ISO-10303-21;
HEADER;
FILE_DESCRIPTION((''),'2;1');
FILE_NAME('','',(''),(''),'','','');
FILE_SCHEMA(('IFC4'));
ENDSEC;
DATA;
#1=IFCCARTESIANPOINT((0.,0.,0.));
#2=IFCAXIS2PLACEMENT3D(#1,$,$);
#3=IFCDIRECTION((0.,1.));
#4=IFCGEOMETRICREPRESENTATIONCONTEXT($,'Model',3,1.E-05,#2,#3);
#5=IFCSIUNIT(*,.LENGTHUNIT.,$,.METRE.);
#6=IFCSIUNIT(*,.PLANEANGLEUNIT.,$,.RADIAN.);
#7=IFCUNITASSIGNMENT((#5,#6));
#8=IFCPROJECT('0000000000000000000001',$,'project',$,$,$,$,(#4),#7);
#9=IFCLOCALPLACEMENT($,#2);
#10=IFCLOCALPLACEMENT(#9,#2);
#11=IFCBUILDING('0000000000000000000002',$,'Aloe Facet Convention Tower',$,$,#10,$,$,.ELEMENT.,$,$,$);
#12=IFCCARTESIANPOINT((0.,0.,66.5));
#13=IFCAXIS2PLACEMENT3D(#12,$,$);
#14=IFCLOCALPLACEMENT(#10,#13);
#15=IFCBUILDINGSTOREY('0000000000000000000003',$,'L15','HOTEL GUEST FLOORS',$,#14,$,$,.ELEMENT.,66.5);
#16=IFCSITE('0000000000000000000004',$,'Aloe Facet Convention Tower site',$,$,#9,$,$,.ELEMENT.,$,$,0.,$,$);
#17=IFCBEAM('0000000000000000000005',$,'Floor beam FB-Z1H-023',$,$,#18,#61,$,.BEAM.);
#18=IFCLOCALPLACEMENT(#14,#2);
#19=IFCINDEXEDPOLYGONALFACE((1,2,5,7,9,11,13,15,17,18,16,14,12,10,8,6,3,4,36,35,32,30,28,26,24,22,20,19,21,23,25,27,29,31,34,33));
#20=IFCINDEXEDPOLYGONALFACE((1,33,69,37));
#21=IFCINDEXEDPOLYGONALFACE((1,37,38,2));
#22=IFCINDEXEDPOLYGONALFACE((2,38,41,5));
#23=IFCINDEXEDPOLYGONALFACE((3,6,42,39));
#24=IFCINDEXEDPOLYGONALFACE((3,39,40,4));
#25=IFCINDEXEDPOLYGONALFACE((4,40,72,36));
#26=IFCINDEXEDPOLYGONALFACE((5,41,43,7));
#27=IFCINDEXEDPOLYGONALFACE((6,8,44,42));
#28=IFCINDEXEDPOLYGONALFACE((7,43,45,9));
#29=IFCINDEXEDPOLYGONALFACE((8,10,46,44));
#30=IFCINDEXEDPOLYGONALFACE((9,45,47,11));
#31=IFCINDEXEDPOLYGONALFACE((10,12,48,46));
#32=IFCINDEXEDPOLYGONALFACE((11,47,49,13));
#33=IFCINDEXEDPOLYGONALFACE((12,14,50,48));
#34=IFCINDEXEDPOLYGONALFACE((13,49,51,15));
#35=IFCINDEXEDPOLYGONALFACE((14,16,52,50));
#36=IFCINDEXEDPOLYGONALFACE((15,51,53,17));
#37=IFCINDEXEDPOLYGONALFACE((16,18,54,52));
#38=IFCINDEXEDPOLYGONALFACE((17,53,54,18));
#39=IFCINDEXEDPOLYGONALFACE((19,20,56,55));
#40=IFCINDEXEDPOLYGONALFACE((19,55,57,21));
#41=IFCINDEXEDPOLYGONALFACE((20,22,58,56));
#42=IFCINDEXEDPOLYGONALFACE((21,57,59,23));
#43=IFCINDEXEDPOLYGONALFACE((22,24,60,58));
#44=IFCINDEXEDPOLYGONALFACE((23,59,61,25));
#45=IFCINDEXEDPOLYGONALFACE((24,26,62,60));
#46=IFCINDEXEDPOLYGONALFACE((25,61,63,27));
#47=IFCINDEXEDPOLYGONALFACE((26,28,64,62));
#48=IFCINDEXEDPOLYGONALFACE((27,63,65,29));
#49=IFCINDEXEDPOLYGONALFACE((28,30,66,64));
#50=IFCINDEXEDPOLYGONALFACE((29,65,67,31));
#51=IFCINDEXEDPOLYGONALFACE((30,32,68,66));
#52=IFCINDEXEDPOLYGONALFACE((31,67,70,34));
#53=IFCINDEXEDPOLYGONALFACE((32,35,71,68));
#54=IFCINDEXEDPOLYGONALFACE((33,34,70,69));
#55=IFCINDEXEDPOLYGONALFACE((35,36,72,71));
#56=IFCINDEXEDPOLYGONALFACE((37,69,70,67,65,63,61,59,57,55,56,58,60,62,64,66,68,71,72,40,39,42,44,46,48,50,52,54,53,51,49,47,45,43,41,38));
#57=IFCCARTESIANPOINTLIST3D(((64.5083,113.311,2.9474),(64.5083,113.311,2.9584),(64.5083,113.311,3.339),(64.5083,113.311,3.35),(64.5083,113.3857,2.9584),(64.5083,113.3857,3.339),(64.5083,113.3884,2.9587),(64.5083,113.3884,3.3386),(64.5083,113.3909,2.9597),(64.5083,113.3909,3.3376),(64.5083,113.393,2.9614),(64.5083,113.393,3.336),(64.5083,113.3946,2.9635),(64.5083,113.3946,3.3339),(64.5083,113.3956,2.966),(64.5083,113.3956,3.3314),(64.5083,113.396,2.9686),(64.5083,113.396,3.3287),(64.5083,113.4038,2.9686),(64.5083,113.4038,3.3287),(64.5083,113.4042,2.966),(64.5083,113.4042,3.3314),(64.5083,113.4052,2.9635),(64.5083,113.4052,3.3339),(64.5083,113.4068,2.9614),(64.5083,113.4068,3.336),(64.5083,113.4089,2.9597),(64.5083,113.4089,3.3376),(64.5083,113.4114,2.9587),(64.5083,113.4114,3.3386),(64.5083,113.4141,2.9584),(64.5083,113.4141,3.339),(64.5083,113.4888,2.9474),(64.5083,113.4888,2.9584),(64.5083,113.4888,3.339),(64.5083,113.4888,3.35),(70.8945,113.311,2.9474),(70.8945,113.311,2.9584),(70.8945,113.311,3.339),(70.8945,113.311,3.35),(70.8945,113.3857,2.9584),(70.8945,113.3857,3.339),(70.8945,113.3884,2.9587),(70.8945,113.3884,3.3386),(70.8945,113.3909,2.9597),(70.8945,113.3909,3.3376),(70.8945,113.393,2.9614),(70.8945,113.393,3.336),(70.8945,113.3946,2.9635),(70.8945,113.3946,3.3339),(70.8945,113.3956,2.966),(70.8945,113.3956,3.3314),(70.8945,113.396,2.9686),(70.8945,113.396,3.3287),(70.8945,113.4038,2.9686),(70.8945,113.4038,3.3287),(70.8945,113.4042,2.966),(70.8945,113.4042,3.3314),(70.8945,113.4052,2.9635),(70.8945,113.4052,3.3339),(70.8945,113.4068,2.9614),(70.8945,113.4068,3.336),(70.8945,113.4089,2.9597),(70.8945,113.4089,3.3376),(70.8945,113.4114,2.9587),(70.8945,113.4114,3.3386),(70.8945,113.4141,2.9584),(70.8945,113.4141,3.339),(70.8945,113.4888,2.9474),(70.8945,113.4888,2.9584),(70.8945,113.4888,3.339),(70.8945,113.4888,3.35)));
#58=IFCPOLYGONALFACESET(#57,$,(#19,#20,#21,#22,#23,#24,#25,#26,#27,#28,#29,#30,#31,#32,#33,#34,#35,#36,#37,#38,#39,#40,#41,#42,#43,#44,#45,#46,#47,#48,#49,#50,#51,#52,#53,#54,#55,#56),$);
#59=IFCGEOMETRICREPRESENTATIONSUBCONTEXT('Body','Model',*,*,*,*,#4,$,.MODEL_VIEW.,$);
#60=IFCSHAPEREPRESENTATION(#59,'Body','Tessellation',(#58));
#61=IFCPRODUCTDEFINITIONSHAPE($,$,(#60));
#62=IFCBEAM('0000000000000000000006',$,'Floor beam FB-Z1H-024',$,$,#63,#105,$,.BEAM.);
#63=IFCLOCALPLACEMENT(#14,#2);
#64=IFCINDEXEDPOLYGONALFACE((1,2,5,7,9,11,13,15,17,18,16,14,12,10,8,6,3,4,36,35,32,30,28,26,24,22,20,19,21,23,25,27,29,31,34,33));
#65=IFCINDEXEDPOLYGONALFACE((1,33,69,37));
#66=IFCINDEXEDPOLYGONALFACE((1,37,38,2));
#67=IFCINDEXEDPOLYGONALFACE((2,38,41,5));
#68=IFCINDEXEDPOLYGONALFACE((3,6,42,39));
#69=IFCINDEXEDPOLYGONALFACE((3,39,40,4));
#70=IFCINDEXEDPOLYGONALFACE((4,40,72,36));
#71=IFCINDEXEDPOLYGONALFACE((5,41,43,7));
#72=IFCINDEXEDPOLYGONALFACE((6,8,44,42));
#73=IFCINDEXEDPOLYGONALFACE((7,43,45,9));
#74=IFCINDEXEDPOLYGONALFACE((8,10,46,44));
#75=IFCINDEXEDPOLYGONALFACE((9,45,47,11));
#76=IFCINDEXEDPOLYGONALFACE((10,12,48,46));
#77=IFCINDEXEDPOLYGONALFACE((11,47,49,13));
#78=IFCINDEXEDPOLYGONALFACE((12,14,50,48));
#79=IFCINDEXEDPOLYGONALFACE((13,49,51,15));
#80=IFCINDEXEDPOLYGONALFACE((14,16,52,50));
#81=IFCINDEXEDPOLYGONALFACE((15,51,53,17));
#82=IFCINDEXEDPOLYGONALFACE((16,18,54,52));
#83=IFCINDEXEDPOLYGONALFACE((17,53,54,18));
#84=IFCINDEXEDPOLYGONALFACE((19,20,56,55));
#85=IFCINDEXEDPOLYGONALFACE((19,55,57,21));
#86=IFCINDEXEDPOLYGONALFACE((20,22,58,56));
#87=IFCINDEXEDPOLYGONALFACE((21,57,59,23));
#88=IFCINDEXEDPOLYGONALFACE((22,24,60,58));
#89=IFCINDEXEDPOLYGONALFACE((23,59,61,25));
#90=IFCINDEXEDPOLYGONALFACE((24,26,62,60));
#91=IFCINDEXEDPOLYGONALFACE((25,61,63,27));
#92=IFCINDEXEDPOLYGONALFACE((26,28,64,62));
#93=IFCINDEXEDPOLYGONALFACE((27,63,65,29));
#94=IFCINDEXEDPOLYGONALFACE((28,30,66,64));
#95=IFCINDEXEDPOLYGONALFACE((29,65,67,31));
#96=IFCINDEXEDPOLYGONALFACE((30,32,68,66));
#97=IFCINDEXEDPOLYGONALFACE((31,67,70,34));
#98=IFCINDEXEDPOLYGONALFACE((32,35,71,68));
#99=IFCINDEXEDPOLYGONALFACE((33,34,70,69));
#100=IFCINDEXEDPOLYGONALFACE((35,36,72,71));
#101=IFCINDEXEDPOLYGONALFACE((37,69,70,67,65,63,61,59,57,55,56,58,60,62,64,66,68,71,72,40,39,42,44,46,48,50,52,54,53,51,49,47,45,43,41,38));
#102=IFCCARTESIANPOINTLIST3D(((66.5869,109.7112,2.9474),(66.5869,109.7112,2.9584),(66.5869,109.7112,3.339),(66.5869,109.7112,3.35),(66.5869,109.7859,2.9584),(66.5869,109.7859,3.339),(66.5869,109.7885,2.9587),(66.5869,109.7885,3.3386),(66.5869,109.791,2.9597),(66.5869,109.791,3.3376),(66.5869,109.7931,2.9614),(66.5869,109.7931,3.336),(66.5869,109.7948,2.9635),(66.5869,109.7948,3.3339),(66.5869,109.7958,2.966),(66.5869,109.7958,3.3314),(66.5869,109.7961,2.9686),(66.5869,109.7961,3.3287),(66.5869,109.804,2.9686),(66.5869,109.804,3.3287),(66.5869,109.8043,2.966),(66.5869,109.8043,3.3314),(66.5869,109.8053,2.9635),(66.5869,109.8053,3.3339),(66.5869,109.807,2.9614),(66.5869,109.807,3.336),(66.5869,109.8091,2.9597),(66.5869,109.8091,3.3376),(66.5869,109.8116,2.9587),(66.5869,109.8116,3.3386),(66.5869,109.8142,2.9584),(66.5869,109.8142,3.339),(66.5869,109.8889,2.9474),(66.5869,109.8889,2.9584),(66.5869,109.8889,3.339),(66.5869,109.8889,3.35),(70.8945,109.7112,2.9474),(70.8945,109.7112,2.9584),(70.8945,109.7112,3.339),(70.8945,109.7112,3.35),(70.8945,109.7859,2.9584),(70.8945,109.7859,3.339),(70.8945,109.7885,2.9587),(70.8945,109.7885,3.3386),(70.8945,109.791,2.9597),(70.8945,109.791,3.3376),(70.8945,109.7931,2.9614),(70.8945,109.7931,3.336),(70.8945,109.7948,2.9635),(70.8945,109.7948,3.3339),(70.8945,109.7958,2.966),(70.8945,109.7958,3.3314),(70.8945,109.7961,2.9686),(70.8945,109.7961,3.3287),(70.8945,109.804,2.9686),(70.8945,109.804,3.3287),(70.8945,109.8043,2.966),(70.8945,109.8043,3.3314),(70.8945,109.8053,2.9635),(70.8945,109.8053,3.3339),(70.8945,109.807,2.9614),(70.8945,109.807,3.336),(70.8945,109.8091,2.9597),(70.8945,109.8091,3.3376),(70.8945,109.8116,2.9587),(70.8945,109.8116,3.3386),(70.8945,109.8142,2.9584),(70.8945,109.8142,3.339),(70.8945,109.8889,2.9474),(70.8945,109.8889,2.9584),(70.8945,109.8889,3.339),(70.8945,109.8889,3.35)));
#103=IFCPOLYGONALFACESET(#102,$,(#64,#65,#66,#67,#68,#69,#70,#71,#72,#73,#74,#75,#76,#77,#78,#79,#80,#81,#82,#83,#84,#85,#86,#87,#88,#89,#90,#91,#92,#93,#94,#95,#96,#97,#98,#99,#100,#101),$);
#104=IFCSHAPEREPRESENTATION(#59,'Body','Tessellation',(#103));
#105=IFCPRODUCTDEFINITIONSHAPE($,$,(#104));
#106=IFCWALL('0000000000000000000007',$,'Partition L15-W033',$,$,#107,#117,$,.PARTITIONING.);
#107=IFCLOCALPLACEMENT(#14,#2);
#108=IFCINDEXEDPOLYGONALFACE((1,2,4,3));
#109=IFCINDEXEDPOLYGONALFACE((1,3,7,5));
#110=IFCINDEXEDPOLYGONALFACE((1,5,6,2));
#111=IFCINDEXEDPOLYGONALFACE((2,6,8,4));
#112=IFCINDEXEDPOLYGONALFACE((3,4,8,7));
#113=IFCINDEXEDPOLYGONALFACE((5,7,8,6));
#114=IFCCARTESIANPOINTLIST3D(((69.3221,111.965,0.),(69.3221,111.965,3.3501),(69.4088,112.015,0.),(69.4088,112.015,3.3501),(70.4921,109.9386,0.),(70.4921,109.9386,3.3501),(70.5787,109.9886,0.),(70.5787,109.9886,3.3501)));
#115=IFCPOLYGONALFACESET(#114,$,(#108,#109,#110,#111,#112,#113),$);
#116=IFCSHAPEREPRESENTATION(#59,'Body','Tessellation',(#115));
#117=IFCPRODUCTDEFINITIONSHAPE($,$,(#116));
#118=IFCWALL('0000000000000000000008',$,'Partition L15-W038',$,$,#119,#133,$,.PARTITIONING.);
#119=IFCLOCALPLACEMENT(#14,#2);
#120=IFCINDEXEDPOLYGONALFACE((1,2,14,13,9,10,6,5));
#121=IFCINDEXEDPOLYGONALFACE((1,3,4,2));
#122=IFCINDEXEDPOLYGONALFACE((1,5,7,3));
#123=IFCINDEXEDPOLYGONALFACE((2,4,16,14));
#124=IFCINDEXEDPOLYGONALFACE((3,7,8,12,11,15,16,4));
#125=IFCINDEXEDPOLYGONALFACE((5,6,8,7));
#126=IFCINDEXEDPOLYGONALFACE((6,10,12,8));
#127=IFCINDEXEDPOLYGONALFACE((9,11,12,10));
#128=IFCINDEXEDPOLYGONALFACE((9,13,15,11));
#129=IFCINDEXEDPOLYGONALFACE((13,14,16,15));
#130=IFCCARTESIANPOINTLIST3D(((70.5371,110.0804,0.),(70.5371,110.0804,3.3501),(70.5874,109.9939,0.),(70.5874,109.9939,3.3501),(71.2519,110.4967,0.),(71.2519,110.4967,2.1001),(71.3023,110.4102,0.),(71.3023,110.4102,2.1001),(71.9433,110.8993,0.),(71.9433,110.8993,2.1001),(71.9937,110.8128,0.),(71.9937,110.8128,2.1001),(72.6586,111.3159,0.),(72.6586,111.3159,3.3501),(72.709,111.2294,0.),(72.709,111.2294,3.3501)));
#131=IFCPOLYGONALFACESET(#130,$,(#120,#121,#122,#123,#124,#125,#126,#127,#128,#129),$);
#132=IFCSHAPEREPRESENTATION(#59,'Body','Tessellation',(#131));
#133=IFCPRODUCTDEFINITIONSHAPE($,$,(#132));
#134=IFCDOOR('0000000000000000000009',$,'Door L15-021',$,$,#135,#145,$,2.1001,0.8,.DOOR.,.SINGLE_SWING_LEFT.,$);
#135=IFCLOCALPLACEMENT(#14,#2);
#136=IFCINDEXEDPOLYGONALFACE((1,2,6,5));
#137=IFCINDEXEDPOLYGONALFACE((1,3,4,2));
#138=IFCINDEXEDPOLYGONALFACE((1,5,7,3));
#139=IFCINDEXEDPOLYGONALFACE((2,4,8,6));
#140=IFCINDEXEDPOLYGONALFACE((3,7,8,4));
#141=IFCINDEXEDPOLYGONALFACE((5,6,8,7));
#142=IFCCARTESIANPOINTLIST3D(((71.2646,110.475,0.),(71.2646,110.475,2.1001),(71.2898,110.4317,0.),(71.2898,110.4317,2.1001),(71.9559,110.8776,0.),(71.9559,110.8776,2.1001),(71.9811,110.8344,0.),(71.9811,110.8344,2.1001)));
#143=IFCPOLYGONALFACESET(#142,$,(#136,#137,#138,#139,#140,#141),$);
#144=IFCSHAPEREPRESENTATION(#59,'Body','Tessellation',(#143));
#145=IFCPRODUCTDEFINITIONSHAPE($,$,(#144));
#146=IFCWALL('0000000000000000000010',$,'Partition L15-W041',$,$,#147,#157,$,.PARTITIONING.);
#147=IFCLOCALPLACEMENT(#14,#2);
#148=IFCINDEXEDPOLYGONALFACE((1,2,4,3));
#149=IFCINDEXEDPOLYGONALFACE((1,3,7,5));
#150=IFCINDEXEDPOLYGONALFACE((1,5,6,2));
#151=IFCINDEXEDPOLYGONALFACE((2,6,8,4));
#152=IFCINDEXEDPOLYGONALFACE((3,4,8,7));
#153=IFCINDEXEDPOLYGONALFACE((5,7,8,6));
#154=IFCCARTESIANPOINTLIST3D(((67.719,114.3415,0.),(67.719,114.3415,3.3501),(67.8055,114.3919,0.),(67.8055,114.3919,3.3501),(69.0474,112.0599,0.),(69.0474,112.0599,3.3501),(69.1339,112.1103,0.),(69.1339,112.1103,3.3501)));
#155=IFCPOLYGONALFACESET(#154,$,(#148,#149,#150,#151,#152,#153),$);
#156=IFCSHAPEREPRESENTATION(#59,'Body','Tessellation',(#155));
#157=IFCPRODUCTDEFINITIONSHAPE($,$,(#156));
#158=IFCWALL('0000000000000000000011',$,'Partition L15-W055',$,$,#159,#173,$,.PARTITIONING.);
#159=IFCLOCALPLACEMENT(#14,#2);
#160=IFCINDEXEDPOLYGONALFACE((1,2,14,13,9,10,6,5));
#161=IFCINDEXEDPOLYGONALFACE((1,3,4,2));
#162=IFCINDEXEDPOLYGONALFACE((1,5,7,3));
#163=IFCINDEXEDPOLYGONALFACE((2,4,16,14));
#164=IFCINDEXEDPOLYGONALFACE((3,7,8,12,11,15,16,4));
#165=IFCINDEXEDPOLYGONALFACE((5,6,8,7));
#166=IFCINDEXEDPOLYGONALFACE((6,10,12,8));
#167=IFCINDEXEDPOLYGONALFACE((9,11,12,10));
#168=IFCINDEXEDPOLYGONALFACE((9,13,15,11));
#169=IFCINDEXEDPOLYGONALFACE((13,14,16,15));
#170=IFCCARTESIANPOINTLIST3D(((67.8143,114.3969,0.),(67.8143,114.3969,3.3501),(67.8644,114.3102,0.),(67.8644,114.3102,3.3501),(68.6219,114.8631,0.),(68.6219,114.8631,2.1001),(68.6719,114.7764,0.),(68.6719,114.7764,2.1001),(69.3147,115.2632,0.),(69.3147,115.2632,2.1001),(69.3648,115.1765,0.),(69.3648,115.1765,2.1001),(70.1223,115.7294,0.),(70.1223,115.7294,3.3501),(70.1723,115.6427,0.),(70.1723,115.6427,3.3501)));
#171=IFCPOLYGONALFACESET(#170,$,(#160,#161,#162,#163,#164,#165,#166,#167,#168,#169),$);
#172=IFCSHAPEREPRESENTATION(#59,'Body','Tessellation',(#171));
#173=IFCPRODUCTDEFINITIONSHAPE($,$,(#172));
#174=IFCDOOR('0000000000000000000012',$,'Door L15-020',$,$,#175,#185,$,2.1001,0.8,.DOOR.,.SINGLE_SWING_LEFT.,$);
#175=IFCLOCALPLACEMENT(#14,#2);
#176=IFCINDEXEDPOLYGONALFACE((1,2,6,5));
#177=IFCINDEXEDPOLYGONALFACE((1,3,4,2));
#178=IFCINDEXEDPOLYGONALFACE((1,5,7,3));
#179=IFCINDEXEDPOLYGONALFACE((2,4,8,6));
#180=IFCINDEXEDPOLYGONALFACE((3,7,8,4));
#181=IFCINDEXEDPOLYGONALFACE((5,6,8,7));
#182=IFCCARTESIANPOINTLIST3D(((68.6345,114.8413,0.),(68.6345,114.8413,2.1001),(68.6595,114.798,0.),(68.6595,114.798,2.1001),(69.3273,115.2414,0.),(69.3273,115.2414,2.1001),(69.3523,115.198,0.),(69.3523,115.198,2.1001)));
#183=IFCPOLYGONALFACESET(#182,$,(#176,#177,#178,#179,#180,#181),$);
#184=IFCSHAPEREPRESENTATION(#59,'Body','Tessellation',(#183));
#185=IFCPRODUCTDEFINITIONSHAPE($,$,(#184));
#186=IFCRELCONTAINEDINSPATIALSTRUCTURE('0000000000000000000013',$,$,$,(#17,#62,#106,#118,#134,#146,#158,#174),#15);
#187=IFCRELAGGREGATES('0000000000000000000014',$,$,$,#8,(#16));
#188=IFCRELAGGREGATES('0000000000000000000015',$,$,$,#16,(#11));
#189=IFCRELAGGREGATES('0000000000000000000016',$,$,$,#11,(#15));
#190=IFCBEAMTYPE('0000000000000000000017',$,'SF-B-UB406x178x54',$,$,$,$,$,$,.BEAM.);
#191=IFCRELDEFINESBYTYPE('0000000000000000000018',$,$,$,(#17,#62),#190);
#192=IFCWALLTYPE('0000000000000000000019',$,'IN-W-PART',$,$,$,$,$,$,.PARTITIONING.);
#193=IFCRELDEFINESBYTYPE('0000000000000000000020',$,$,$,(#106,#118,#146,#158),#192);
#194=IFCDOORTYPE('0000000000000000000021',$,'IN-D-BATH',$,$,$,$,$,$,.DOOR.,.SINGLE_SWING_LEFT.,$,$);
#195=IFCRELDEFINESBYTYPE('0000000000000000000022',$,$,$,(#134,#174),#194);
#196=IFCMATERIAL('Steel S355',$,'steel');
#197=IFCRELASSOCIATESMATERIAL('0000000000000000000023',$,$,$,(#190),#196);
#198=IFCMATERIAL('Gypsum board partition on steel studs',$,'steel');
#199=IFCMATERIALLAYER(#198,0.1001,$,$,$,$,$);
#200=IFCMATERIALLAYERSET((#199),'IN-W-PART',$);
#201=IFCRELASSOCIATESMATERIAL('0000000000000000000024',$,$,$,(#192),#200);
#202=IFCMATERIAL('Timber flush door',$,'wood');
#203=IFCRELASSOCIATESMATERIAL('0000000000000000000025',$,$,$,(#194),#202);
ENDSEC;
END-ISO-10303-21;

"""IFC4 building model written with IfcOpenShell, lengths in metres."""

from ifc_helpers import new_model, si_unit, direction, frame, frame_2d, origin, origin_2d, place, context, subcontext, project, spatial, rectangle, i_section, extrude, material, layer, layer_set, material_profile, profile_set, type_object, element, fill, save


model = new_model("IFC4")

# Units and contexts
model_context = context("Model", 3, precision=1e-05, world=origin(), true_north=direction((0.0, 1.0)))
body_context = subcontext(model_context, "Body", "Model", "MODEL_VIEW")
ifc_project = project(units=[si_unit("LENGTHUNIT", "METRE"), si_unit("PLANEANGLEUNIT", "RADIAN")], contexts=[model_context])

# Site, building, storey
site_placement = place(None, origin())
site = spatial("IfcSite", under=ifc_project, at=site_placement, Name="Aloe Facet Convention Tower site", CompositionType="ELEMENT", RefElevation=0.0)
building_placement = place(site_placement, origin())
building = spatial("IfcBuilding", under=site, at=building_placement, Name="Aloe Facet Convention Tower", CompositionType="ELEMENT")
storey_placement = place(building_placement, frame((0.0, 0.0, 66.5)))
storey = spatial("IfcBuildingStorey", under=building, at=storey_placement, Name="L15", Description="HOTEL GUEST FLOORS", CompositionType="ELEMENT", Elevation=66.5)

# Beams
ifc_material_1 = material(Name="Steel S355", Category="steel")
ifc_material_profile = material_profile(ifc_material_1, i_section(OverallWidth=0.1777, OverallDepth=0.4026, WebThickness=0.0078, FlangeThickness=0.011, FilletRadius=0.0103, at=origin_2d()), Name="UB 406x178x54")
ifc_profile_set = profile_set([ifc_material_profile], Name="Steel S355")
beam_type = type_object("IfcBeamType", Name="SF-B-UB406x178x54", PredefinedType="BEAM", material=ifc_profile_set)
beam_1_placement = place(storey_placement, frame((64.5083, 113.3999, 3.1487), z_axis=(1.0, 0.0, 0.0), x_axis=(0.0, 1.0, 0.0)))
element("IfcBeam", 1, at=beam_1_placement, inside=storey, type_object=beam_type, Name="Floor beam FB-Z1H-023", PredefinedType="BEAM", context=body_context, shape_type="SweptSolid", body=[
    extrude(i_section(OverallWidth=0.1777, OverallDepth=0.4026, WebThickness=0.0078, FlangeThickness=0.011, FilletRadius=0.0103, at=origin_2d()), origin(), (0.0, 0.0, 1.0), 6.3862),
])
beam_2_placement = place(storey_placement, frame((66.5869, 109.8, 3.1487), z_axis=(1.0, 0.0, 0.0), x_axis=(0.0, 1.0, 0.0)))
element("IfcBeam", 2, at=beam_2_placement, inside=storey, type_object=beam_type, Name="Floor beam FB-Z1H-024", PredefinedType="BEAM", context=body_context, shape_type="SweptSolid", body=[
    extrude(i_section(OverallWidth=0.1777, OverallDepth=0.4026, WebThickness=0.0078, FlangeThickness=0.011, FilletRadius=0.0103, at=origin_2d()), origin(), (0.0, 0.0, 1.0), 4.3076),
])

# Wall
ifc_material_2 = material(Name="Gypsum board partition on steel studs", Category="steel")
ifc_layer_1 = layer(ifc_material_2, 0.1001)
ifc_layer_set_1 = layer_set([ifc_layer_1], Name="IN-W-PART")
wall_type_1 = type_object("IfcWallType", Name="IN-W-PART", PredefinedType="PARTITIONING", material=ifc_layer_set_1)
wall_1_placement = place(storey_placement, frame((69.3655, 111.99, 0.0), z_axis=(0.0, 0.0, 1.0), x_axis=(0.499999, -0.866026, 0.0)))
element("IfcWall", 3, at=wall_1_placement, inside=storey, type_object=wall_type_1, Name="Partition L15-W033", PredefinedType="PARTITIONING", context=body_context, shape_type="SweptSolid", body=[
    extrude(rectangle(XDim=2.3398, YDim=0.1001, at=frame_2d((1.1699, 0.0))), origin(), (0.0, 0.0, 1.0), 3.3501),
])

# Wall, opening, door
wall_2_placement = place(storey_placement, frame((70.5623, 110.0371, 0.0), z_axis=(0.0, 0.0, 1.0), x_axis=(0.864132, 0.503265, 0.0)))
wall_2 = element("IfcWall", 4, at=wall_2_placement, inside=storey, type_object=wall_type_1, Name="Partition L15-W038", PredefinedType="PARTITIONING", context=body_context, shape_type="SweptSolid", body=[
    extrude(rectangle(XDim=2.4551, YDim=0.1001, at=frame_2d((1.2275, 0.0))), origin(), (0.0, 0.0, 1.0), 3.3501),
])
opening_1_placement = place(wall_2_placement, frame((0.8274, 0.0, 0.0)))
opening_1 = element("IfcOpeningElement", 5, at=opening_1_placement, cuts=wall_2, PredefinedType="OPENING", context=body_context, shape_type="SweptSolid", body=[
    extrude(rectangle(XDim=0.8, YDim=2.1001, at=frame_2d((0.3999, 1.05))), frame((0.0, 0.0601, 0.0), z_axis=(0.0, -1.0, 0.0), x_axis=(1.0, 0.0, 0.0)), (0.0, 0.0, 1.0), 0.1201),
])
ifc_material_3 = material(Name="Timber flush door", Category="wood")
door_type = type_object("IfcDoorType", Name="IN-D-BATH", OperationType="SINGLE_SWING_LEFT", PredefinedType="DOOR", material=ifc_material_3)
door_1_placement = place(opening_1_placement, origin())
door_1 = element("IfcDoor", 6, at=door_1_placement, inside=storey, type_object=door_type, Name="Door L15-021", OperationType="SINGLE_SWING_LEFT", OverallHeight=2.1001, OverallWidth=0.8, PredefinedType="DOOR", context=body_context, shape_type="SweptSolid", body=[
    extrude(rectangle(XDim=0.8, YDim=2.1001, at=frame_2d((0.3999, 1.05))), frame((0.0, 0.0249, 0.0), z_axis=(0.0, -1.0, 0.0), x_axis=(1.0, 0.0, 0.0)), (0.0, 0.0, 1.0), 0.05),
])
fill(opening_1, door_1)

# Wall
wall_3_placement = place(storey_placement, frame((67.7622, 114.3667, 0.0), z_axis=(0.0, 0.0, 1.0), x_axis=(0.503164, -0.864191, 0.0)))
element("IfcWall", 7, at=wall_3_placement, inside=storey, type_object=wall_type_1, Name="Partition L15-W041", PredefinedType="PARTITIONING", context=body_context, shape_type="SweptSolid", body=[
    extrude(rectangle(XDim=2.6401, YDim=0.1001, at=frame_2d((1.3201, 0.0))), origin(), (0.0, 0.0, 1.0), 3.3501),
])

# Wall, opening, door
wall_4_placement = place(storey_placement, frame((67.8394, 114.3535, 0.0), z_axis=(0.0, 0.0, 1.0), x_axis=(0.866013, 0.500021, 0.0)))
wall_4 = element("IfcWall", 8, at=wall_4_placement, inside=storey, type_object=wall_type_1, Name="Partition L15-W055", PredefinedType="PARTITIONING", context=body_context, shape_type="SweptSolid", body=[
    extrude(rectangle(XDim=2.665, YDim=0.1001, at=frame_2d((1.3325, 0.0))), origin(), (0.0, 0.0, 1.0), 3.3501),
])
opening_2_placement = place(wall_4_placement, frame((0.9326, 0.0, 0.0)))
opening_2 = element("IfcOpeningElement", 9, at=opening_2_placement, cuts=wall_4, PredefinedType="OPENING", context=body_context, shape_type="SweptSolid", body=[
    extrude(rectangle(XDim=0.8, YDim=2.1001, at=frame_2d((0.3999, 1.05))), frame((0.0, 0.0601, 0.0), z_axis=(0.0, -1.0, 0.0), x_axis=(1.0, 0.0, 0.0)), (0.0, 0.0, 1.0), 0.1201),
])
door_2_placement = place(opening_2_placement, origin())
door_2 = element("IfcDoor", 10, at=door_2_placement, inside=storey, type_object=door_type, Name="Door L15-020", OperationType="SINGLE_SWING_LEFT", OverallHeight=2.1001, OverallWidth=0.8, PredefinedType="DOOR", context=body_context, shape_type="SweptSolid", body=[
    extrude(rectangle(XDim=0.8, YDim=2.1001, at=frame_2d((0.3999, 1.05))), frame((0.0, 0.0249, 0.0), z_axis=(0.0, -1.0, 0.0), x_axis=(1.0, 0.0, 0.0)), (0.0, 0.0, 1.0), 0.05),
])
fill(opening_2, door_2)

save(model, "model.ifc")
